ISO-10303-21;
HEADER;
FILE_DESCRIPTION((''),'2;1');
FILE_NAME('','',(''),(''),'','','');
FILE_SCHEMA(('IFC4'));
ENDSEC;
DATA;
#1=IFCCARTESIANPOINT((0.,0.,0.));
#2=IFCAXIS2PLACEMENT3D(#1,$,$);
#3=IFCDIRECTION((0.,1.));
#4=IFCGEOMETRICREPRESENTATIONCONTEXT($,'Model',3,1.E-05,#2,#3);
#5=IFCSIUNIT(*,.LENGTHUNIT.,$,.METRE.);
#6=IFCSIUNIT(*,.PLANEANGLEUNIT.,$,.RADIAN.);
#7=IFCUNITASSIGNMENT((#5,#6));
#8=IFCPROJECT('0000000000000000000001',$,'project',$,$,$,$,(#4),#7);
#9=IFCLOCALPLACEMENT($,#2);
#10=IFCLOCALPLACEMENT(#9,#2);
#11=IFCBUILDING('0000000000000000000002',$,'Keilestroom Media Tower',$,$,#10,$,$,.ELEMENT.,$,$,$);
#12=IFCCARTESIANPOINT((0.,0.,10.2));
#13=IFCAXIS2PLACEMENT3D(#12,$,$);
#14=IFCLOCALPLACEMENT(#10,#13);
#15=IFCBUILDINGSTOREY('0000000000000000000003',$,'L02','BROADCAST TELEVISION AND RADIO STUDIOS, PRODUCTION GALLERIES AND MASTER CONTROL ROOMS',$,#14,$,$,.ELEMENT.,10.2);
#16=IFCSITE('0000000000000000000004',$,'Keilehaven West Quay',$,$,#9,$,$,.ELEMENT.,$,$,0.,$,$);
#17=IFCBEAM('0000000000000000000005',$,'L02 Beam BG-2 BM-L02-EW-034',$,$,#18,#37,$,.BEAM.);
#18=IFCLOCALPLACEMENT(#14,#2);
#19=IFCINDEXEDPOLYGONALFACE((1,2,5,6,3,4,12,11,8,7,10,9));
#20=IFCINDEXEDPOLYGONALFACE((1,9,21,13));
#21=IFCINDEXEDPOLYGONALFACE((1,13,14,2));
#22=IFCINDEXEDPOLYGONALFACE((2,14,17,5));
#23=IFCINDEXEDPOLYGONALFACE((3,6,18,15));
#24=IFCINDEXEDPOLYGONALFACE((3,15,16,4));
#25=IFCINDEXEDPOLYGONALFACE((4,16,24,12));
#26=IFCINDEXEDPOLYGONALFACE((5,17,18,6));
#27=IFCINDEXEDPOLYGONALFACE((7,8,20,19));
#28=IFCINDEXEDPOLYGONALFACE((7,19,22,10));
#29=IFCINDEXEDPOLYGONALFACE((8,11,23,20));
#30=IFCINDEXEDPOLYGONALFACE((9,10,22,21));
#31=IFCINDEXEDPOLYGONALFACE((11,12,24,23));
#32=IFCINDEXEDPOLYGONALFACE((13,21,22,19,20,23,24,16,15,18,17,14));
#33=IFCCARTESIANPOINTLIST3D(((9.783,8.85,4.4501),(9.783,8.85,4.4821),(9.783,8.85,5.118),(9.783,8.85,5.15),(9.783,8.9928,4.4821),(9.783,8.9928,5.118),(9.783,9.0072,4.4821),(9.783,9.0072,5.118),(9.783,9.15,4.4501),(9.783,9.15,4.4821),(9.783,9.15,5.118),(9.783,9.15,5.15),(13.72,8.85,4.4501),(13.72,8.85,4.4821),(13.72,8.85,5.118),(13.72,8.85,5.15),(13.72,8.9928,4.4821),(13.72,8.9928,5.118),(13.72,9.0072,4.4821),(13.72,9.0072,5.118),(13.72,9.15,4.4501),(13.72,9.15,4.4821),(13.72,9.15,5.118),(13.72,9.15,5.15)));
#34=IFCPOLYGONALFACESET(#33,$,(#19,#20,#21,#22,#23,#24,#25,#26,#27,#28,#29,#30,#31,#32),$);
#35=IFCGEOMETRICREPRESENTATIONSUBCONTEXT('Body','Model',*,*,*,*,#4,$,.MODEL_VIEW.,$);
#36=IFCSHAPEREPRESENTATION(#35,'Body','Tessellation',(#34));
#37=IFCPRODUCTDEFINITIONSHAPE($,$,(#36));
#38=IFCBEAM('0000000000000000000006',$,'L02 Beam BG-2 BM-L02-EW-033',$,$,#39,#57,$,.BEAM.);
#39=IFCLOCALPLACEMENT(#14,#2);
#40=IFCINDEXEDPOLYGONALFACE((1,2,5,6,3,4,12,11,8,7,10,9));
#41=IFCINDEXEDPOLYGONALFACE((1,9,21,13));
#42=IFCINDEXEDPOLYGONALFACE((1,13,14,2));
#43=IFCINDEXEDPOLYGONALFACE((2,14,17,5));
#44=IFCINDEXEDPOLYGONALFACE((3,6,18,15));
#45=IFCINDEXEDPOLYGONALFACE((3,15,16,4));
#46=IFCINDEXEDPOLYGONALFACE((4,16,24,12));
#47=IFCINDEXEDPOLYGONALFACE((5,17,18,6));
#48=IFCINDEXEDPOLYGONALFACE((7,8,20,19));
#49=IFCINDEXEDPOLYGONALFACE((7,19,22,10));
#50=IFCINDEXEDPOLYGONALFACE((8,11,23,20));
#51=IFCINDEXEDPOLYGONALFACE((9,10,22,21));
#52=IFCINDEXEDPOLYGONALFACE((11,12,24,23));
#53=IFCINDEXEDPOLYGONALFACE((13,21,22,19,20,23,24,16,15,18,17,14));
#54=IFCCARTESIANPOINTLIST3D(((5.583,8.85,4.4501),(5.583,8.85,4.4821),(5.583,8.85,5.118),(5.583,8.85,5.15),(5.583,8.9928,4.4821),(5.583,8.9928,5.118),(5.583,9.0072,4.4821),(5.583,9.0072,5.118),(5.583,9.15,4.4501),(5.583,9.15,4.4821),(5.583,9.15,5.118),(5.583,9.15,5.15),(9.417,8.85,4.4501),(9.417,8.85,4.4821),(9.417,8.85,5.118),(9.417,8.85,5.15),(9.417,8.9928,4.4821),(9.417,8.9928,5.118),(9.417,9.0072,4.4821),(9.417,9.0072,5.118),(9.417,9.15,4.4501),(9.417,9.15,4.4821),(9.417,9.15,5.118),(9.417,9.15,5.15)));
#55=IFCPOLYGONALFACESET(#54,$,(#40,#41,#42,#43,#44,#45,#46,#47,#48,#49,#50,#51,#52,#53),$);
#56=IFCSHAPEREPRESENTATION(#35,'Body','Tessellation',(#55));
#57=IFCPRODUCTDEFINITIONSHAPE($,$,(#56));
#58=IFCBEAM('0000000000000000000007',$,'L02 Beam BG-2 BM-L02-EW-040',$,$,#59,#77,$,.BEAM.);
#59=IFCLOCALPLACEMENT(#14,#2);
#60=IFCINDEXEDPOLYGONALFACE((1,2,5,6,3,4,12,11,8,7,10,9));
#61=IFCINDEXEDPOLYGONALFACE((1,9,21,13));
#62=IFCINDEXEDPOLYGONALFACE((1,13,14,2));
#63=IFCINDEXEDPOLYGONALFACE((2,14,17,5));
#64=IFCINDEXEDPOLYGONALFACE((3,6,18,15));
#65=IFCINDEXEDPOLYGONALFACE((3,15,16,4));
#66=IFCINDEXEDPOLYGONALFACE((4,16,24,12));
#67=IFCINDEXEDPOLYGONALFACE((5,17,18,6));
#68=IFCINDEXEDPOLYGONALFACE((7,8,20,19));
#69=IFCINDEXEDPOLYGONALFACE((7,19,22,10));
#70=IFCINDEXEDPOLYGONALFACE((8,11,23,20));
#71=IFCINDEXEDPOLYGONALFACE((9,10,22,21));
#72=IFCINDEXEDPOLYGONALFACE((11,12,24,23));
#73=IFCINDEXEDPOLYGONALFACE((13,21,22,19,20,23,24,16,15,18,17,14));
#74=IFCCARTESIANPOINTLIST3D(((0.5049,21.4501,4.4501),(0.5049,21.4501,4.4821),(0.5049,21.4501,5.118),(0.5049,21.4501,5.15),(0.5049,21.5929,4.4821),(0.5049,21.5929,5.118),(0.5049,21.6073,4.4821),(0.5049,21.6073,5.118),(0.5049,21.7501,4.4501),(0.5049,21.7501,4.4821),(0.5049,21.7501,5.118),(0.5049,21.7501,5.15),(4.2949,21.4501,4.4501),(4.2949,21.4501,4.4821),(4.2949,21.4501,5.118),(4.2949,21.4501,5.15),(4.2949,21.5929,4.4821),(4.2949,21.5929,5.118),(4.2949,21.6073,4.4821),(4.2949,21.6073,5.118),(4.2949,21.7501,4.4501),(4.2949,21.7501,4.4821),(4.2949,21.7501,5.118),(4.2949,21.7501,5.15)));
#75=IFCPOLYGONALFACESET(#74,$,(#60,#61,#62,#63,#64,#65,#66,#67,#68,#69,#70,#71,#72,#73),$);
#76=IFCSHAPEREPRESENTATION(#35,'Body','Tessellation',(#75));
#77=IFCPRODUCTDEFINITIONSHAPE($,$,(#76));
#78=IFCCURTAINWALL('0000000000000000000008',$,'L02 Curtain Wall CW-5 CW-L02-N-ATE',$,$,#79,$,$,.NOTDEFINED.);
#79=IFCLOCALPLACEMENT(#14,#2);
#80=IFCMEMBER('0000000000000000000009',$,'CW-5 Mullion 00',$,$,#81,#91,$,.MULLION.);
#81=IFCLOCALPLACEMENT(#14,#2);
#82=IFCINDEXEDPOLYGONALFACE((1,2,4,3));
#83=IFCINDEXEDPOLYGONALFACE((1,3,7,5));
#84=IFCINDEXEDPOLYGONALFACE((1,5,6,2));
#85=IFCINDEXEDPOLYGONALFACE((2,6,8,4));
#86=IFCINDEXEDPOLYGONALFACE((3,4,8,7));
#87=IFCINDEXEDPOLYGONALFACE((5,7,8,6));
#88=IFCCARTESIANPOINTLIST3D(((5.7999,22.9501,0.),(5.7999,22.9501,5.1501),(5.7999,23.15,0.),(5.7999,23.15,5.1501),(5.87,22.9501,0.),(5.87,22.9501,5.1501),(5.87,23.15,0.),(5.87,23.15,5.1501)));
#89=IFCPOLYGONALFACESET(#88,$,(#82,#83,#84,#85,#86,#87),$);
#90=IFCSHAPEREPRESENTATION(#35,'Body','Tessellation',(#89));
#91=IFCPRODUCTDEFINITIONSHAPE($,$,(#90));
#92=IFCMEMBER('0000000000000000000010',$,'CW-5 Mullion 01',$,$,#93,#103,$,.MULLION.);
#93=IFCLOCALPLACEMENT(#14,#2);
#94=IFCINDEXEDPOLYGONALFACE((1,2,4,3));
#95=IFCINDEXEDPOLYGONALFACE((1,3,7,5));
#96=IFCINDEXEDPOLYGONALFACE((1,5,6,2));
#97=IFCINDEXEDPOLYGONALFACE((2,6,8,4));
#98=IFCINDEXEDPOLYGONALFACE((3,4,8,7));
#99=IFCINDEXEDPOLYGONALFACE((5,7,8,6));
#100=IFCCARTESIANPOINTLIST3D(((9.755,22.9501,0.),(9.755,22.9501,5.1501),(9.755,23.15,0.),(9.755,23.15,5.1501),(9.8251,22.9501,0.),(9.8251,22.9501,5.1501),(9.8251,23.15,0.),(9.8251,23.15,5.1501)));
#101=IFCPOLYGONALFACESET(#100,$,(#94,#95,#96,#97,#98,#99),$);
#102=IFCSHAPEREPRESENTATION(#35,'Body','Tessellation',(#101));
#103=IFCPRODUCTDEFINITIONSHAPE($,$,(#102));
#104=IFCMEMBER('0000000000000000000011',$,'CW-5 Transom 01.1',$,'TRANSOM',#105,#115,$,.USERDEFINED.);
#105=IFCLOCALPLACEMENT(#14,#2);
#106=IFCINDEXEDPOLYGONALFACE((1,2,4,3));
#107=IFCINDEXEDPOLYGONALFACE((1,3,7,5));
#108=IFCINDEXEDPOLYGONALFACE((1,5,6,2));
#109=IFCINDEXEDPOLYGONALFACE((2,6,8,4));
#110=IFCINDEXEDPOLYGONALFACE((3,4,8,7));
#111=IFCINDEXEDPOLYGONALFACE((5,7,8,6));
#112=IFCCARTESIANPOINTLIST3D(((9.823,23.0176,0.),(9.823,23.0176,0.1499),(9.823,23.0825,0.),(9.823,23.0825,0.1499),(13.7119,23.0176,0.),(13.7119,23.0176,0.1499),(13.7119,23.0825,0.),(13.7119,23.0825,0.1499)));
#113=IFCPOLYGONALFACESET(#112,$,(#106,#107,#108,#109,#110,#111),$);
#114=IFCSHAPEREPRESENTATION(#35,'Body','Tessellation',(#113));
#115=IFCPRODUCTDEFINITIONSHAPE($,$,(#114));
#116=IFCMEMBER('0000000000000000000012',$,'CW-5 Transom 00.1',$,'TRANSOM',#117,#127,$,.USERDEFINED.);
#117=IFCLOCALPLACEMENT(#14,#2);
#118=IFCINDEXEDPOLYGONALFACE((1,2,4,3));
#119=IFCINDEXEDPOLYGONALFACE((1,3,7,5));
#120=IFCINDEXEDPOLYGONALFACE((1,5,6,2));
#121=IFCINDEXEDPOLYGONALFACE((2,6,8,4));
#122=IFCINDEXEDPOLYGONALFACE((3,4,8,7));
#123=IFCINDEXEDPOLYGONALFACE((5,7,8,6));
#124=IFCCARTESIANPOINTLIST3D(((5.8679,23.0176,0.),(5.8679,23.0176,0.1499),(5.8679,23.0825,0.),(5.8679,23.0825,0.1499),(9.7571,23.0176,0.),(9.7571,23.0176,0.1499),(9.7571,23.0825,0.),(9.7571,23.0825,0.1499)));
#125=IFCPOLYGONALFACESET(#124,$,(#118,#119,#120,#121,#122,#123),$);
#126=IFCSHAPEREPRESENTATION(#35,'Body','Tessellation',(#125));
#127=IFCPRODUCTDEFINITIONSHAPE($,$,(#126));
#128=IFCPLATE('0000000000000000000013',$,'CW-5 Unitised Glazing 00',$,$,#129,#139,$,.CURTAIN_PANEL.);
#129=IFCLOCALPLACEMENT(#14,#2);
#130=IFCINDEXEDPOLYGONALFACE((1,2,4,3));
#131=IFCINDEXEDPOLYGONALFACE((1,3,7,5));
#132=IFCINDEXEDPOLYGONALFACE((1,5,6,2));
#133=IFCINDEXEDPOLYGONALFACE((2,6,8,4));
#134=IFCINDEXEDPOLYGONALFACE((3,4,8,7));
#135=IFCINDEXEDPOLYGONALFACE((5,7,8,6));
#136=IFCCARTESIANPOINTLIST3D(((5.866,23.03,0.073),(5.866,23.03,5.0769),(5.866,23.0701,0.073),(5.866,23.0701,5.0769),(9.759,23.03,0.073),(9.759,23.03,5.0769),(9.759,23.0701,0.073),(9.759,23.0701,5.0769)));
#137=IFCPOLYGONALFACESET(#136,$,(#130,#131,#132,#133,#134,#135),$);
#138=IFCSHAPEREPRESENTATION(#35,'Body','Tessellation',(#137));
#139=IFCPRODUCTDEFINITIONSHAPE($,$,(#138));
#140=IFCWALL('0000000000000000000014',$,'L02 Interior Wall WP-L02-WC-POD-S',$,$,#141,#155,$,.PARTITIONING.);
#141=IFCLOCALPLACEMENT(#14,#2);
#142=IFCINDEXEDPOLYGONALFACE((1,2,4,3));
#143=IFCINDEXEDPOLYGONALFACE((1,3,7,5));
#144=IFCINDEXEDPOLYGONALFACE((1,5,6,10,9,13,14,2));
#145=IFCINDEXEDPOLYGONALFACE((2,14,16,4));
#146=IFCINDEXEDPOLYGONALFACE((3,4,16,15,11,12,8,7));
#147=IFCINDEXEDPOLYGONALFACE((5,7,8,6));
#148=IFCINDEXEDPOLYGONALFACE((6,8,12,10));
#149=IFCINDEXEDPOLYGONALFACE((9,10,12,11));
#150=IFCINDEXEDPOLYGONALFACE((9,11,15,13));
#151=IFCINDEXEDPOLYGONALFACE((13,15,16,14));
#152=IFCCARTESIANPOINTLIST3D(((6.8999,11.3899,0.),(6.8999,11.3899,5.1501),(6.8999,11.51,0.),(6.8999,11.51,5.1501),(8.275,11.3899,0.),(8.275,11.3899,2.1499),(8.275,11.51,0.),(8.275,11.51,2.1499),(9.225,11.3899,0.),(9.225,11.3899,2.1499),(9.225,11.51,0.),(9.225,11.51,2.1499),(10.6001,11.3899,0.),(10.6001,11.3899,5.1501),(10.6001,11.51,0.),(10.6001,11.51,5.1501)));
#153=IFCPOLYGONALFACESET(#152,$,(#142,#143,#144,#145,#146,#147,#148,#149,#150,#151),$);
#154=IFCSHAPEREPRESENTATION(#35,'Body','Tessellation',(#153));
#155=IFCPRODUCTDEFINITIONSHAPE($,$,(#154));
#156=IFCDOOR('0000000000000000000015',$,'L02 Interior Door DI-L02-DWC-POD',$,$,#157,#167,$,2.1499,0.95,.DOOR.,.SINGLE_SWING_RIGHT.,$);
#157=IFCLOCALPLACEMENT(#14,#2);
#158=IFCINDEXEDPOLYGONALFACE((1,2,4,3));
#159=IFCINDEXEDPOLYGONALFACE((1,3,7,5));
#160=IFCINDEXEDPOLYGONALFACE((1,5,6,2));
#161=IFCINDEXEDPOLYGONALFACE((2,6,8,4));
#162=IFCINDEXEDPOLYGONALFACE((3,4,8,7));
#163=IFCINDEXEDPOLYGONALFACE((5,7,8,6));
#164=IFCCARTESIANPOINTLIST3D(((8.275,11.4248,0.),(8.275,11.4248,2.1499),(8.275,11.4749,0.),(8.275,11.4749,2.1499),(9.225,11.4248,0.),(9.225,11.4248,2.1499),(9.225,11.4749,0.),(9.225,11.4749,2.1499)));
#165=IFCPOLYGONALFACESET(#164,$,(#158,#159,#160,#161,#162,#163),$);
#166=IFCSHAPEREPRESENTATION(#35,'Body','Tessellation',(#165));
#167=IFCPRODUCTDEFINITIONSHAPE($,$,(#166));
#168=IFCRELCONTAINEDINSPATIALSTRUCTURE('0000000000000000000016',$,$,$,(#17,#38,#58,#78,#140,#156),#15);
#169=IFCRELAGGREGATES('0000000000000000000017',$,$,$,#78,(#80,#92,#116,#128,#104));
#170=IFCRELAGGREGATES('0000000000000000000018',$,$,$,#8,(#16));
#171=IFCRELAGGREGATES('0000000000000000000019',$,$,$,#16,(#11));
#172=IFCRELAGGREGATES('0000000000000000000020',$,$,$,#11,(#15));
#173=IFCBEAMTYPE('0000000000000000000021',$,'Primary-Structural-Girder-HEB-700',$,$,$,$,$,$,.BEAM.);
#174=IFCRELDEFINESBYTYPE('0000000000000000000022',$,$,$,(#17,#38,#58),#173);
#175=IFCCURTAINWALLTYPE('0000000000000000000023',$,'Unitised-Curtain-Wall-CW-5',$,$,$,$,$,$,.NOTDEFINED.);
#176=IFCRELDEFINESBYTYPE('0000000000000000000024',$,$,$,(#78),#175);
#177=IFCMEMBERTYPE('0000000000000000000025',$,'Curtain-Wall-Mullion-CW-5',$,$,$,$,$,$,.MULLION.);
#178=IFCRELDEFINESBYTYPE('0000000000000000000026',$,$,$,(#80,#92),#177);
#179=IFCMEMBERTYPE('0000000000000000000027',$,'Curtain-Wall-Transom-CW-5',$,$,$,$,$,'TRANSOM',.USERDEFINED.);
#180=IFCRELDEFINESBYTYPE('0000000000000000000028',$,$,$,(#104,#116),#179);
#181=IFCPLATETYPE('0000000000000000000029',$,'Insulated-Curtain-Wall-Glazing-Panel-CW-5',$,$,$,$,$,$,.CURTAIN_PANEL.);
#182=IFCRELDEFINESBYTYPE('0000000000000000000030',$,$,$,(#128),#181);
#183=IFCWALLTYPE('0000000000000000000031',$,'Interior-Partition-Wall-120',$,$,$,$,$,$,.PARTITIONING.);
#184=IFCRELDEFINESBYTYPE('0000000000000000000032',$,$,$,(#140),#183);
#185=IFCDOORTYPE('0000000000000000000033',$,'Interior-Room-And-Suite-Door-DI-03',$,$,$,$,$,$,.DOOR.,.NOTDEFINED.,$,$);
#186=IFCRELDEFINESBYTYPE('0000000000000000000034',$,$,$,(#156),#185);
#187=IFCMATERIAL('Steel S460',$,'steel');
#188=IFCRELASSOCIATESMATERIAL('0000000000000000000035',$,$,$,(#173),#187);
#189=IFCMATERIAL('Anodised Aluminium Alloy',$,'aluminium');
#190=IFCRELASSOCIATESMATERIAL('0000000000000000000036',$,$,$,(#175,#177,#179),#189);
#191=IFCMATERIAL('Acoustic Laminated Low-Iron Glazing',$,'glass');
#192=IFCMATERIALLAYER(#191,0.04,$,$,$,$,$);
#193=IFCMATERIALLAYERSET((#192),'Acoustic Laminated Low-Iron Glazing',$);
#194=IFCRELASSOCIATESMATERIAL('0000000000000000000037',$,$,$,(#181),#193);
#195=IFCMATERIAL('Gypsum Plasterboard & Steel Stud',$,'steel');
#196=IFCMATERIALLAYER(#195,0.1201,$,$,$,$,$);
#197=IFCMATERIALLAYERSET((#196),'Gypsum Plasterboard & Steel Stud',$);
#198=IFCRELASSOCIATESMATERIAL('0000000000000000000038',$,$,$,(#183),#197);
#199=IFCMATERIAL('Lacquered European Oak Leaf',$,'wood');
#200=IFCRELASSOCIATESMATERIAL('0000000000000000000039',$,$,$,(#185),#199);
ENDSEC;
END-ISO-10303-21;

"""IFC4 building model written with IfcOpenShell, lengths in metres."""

from ifc_helpers import new_model, si_unit, direction, frame, frame_2d, origin, origin_2d, place, context, subcontext, project, spatial, rectangle, i_section, extrude, source, transform, mapped, material, layer, layer_set, material_profile, profile_set, type_object, element, fill, aggregate, save


model = new_model("IFC4")

# Units and contexts
model_context = context("Model", 3, precision=1e-05, world=origin(), true_north=direction((0.0, 1.0)))
body_context = subcontext(model_context, "Body", "Model", "MODEL_VIEW")
ifc_project = project(units=[si_unit("LENGTHUNIT", "METRE"), si_unit("PLANEANGLEUNIT", "RADIAN")], contexts=[model_context])

# Site, building, storey
site_placement = place(None, origin())
site = spatial("IfcSite", under=ifc_project, at=site_placement, Name="Keilehaven West Quay", CompositionType="ELEMENT", RefElevation=0.0)
building_placement = place(site_placement, origin())
building = spatial("IfcBuilding", under=site, at=building_placement, Name="Keilestroom Media Tower", CompositionType="ELEMENT")
storey_placement = place(building_placement, frame((0.0, 0.0, 10.2)))
storey = spatial("IfcBuildingStorey", under=building, at=storey_placement, Name="L02", Description="BROADCAST TELEVISION AND RADIO STUDIOS, PRODUCTION GALLERIES AND MASTER CONTROL ROOMS", CompositionType="ELEMENT", Elevation=10.2)

# Shared definitions
ifc_material_1 = material(Name="Steel S460", Category="steel")

# Beams
ifc_material_profile_1 = material_profile(ifc_material_1, i_section(OverallWidth=0.3, OverallDepth=0.7, WebThickness=0.0144, FlangeThickness=0.032, at=origin_2d()), Name="HEB 700")
ifc_profile_set_1 = profile_set([ifc_material_profile_1], Name="Steel S460")
beam_type_1 = type_object("IfcBeamType", Name="Primary-Structural-Girder-HEB-700", PredefinedType="BEAM", material=ifc_profile_set_1)
shared_shape_1 = source(origin(), body_context, "Body", "SweptSolid", [
    extrude(i_section(OverallWidth=0.3, OverallDepth=0.7, WebThickness=0.0144, FlangeThickness=0.032, at=origin_2d()), origin(), (0.0, 0.0, 1.0), 3.937),
])
beam_1_placement = place(storey_placement, frame((9.783, 9.0, 4.8), z_axis=(1.0, 0.0, 0.0), x_axis=(0.0, 1.0, 0.0)))
element("IfcBeam", 1, at=beam_1_placement, inside=storey, type_object=beam_type_1, Name="L02 Beam BG-2 BM-L02-EW-034", PredefinedType="BEAM", context=body_context, shape_type="MappedRepresentation", body=[
    mapped(shared_shape_1, transform((0.0, 0.0, 0.0), x_axis=(1.0, 0.0, 0.0), y_axis=(0.0, 1.0, 0.0), z_axis=(0.0, 0.0, 1.0), scale=1.0)),
])
shared_shape_2 = source(origin(), body_context, "Body", "SweptSolid", [
    extrude(i_section(OverallWidth=0.3, OverallDepth=0.7, WebThickness=0.0144, FlangeThickness=0.032, at=origin_2d()), origin(), (0.0, 0.0, 1.0), 3.834),
])
beam_2_placement = place(storey_placement, frame((5.583, 9.0, 4.8), z_axis=(1.0, 0.0, 0.0), x_axis=(0.0, 1.0, 0.0)))
element("IfcBeam", 2, at=beam_2_placement, inside=storey, type_object=beam_type_1, Name="L02 Beam BG-2 BM-L02-EW-033", PredefinedType="BEAM", context=body_context, shape_type="MappedRepresentation", body=[
    mapped(shared_shape_2, transform((0.0, 0.0, 0.0), x_axis=(1.0, 0.0, 0.0), y_axis=(0.0, 1.0, 0.0), z_axis=(0.0, 0.0, 1.0), scale=1.0)),
])
shared_shape_3 = source(origin(), body_context, "Body", "SweptSolid", [
    extrude(i_section(OverallWidth=0.3, OverallDepth=0.7, WebThickness=0.0144, FlangeThickness=0.032, at=origin_2d()), origin(), (0.0, 0.0, 1.0), 3.79),
])
beam_3_placement = place(storey_placement, frame((0.5049, 21.6001, 4.8), z_axis=(1.0, 0.0, 0.0), x_axis=(0.0, 1.0, 0.0)))
element("IfcBeam", 3, at=beam_3_placement, inside=storey, type_object=beam_type_1, Name="L02 Beam BG-2 BM-L02-EW-040", PredefinedType="BEAM", context=body_context, shape_type="MappedRepresentation", body=[
    mapped(shared_shape_3, transform((0.0, 0.0, 0.0), x_axis=(1.0, 0.0, 0.0), y_axis=(0.0, 1.0, 0.0), z_axis=(0.0, 0.0, 1.0), scale=1.0)),
])

# Curtain wall, members, plate
ifc_material_2 = material(Name="Anodised Aluminium Alloy", Category="aluminium")
curtain_wall_type = type_object("IfcCurtainWallType", Name="Unitised-Curtain-Wall-CW-5", PredefinedType="NOTDEFINED", material=ifc_material_2)
curtain_wall_placement = place(storey_placement, origin())
curtain_wall = element("IfcCurtainWall", 4, at=curtain_wall_placement, inside=storey, type_object=curtain_wall_type, Name="L02 Curtain Wall CW-5 CW-L02-N-ATE", PredefinedType="NOTDEFINED")
ifc_material_profile_2 = material_profile(ifc_material_2, rectangle(XDim=0.0701, YDim=0.2, at=origin_2d()), Name="ALU MULLION 70x200")
ifc_profile_set_2 = profile_set([ifc_material_profile_2], Name="Anodised Aluminium Alloy")
member_type_1 = type_object("IfcMemberType", Name="Curtain-Wall-Mullion-CW-5", PredefinedType="MULLION", material=ifc_profile_set_2)
shared_shape_4 = source(origin(), body_context, "Body", "SweptSolid", [
    extrude(rectangle(XDim=0.0701, YDim=0.2, at=origin_2d()), origin(), (0.0, 0.0, 1.0), 5.1501),
])
member_1_placement = place(storey_placement, frame((5.835, 23.05, 0.0), z_axis=(0.0, 0.0, 1.0), x_axis=(1.0, 0.0, 0.0)))
member_1 = element("IfcMember", 5, at=member_1_placement, type_object=member_type_1, Name="CW-5 Mullion 00", PredefinedType="MULLION", context=body_context, shape_type="MappedRepresentation", body=[
    mapped(shared_shape_4, transform((0.0, 0.0, 0.0), x_axis=(1.0, 0.0, 0.0), y_axis=(0.0, 1.0, 0.0), z_axis=(0.0, 0.0, 1.0), scale=1.0)),
])
member_2_placement = place(storey_placement, frame((9.79, 23.05, 0.0), z_axis=(0.0, 0.0, 1.0), x_axis=(1.0, 0.0, 0.0)))
member_2 = element("IfcMember", 6, at=member_2_placement, type_object=member_type_1, Name="CW-5 Mullion 01", PredefinedType="MULLION", context=body_context, shape_type="MappedRepresentation", body=[
    mapped(shared_shape_4, transform((0.0, 0.0, 0.0), x_axis=(1.0, 0.0, 0.0), y_axis=(0.0, 1.0, 0.0), z_axis=(0.0, 0.0, 1.0), scale=1.0)),
])
ifc_material_profile_3 = material_profile(ifc_material_2, rectangle(XDim=0.0649, YDim=0.1499, at=origin_2d()), Name="ALU TRANSOM 65x150")
ifc_profile_set_3 = profile_set([ifc_material_profile_3], Name="Anodised Aluminium Alloy")
member_type_2 = type_object("IfcMemberType", Name="Curtain-Wall-Transom-CW-5", ElementType="TRANSOM", PredefinedType="USERDEFINED", material=ifc_profile_set_3)
shared_shape_5 = source(origin(), body_context, "Body", "SweptSolid", [
    extrude(rectangle(XDim=0.0649, YDim=0.1499, at=origin_2d()), origin(), (0.0, 0.0, 1.0), 3.8889),
])
member_3_placement = place(storey_placement, frame((9.823, 23.05, 0.075), z_axis=(1.0, 0.0, 0.0), x_axis=(0.0, 1.0, 0.0)))
member_3 = element("IfcMember", 7, at=member_3_placement, type_object=member_type_2, Name="CW-5 Transom 01.1", ObjectType="TRANSOM", PredefinedType="USERDEFINED", context=body_context, shape_type="MappedRepresentation", body=[
    mapped(shared_shape_5, transform((0.0, 0.0, 0.0), x_axis=(1.0, 0.0, 0.0), y_axis=(0.0, 1.0, 0.0), z_axis=(0.0, 0.0, 1.0), scale=1.0)),
])
shared_shape_6 = source(origin(), body_context, "Body", "SweptSolid", [
    extrude(rectangle(XDim=0.0649, YDim=0.1499, at=origin_2d()), origin(), (0.0, 0.0, 1.0), 3.8892),
])
member_4_placement = place(storey_placement, frame((5.8679, 23.05, 0.075), z_axis=(1.0, 0.0, 0.0), x_axis=(0.0, 1.0, 0.0)))
member_4 = element("IfcMember", 8, at=member_4_placement, type_object=member_type_2, Name="CW-5 Transom 00.1", ObjectType="TRANSOM", PredefinedType="USERDEFINED", context=body_context, shape_type="MappedRepresentation", body=[
    mapped(shared_shape_6, transform((0.0, 0.0, 0.0), x_axis=(1.0, 0.0, 0.0), y_axis=(0.0, 1.0, 0.0), z_axis=(0.0, 0.0, 1.0), scale=1.0)),
])
ifc_material_3 = material(Name="Acoustic Laminated Low-Iron Glazing", Category="glass")
ifc_layer_1 = layer(ifc_material_3, 0.04)
ifc_layer_set_1 = layer_set([ifc_layer_1], Name="Acoustic Laminated Low-Iron Glazing")
plate_type = type_object("IfcPlateType", Name="Insulated-Curtain-Wall-Glazing-Panel-CW-5", PredefinedType="CURTAIN_PANEL", material=ifc_layer_set_1)
shared_shape_7 = source(origin(), body_context, "Body", "SweptSolid", [
    extrude(rectangle(XDim=3.8931, YDim=0.04, at=origin_2d()), origin(), (0.0, 0.0, 1.0), 5.0039),
])
plate_placement = place(storey_placement, frame((7.8125, 23.05, 0.073), z_axis=(0.0, 0.0, 1.0), x_axis=(1.0, 0.0, 0.0)))
plate = element("IfcPlate", 9, at=plate_placement, type_object=plate_type, Name="CW-5 Unitised Glazing 00", PredefinedType="CURTAIN_PANEL", context=body_context, shape_type="MappedRepresentation", body=[
    mapped(shared_shape_7, transform((0.0, 0.0, 0.0), x_axis=(1.0, 0.0, 0.0), y_axis=(0.0, 1.0, 0.0), z_axis=(0.0, 0.0, 1.0), scale=1.0)),
])
aggregate(curtain_wall, [member_1, member_2, member_4, plate, member_3])

# Wall, opening, door
ifc_material_4 = material(Name="Gypsum Plasterboard & Steel Stud", Category="steel")
ifc_layer_2 = layer(ifc_material_4, 0.1201)
ifc_layer_set_2 = layer_set([ifc_layer_2], Name="Gypsum Plasterboard & Steel Stud")
wall_type_1 = type_object("IfcWallType", Name="Interior-Partition-Wall-120", PredefinedType="PARTITIONING", material=ifc_layer_set_2)
wall_1_placement = place(storey_placement, frame((6.8999, 11.45, 0.0), z_axis=(0.0, 0.0, 1.0), x_axis=(1.0, 0.0, 0.0)))
wall_1 = element("IfcWall", 10, at=wall_1_placement, inside=storey, type_object=wall_type_1, Name="L02 Interior Wall WP-L02-WC-POD-S", PredefinedType="PARTITIONING", context=body_context, shape_type="SweptSolid", body=[
    extrude(rectangle(XDim=3.7002, YDim=0.1201, at=frame_2d((1.8501, 0.0))), origin(), (0.0, 0.0, 1.0), 5.1501),
])
opening_placement = place(wall_1_placement, frame((1.375, 0.0, 0.0)))
opening = element("IfcOpeningElement", 11, at=opening_placement, cuts=wall_1, PredefinedType="OPENING", context=body_context, shape_type="SweptSolid", body=[
    extrude(rectangle(XDim=0.95, YDim=2.1499, at=frame_2d((0.4751, 1.075))), frame((0.0, 0.0701, 0.0), z_axis=(0.0, -1.0, 0.0), x_axis=(1.0, 0.0, 0.0)), (0.0, 0.0, 1.0), 0.1401),
])
ifc_material_5 = material(Name="Lacquered European Oak Leaf", Category="wood")
door_type = type_object("IfcDoorType", Name="Interior-Room-And-Suite-Door-DI-03", OperationType="NOTDEFINED", PredefinedType="DOOR", material=ifc_material_5)
shared_shape_8 = source(origin(), body_context, "Body", "SweptSolid", [
    extrude(rectangle(XDim=0.95, YDim=2.1499, at=frame_2d((0.4751, 1.075))), frame((0.0, 0.0249, 0.0), z_axis=(0.0, -1.0, 0.0), x_axis=(1.0, 0.0, 0.0)), (0.0, 0.0, 1.0), 0.05),
])
door_placement = place(opening_placement, origin())
door = element("IfcDoor", 12, at=door_placement, inside=storey, type_object=door_type, Name="L02 Interior Door DI-L02-DWC-POD", OperationType="SINGLE_SWING_RIGHT", OverallHeight=2.1499, OverallWidth=0.95, PredefinedType="DOOR", context=body_context, shape_type="MappedRepresentation", body=[
    mapped(shared_shape_8, transform((0.0, 0.0, 0.0), x_axis=(1.0, 0.0, 0.0), y_axis=(0.0, 1.0, 0.0), z_axis=(0.0, 0.0, 1.0), scale=1.0)),
])
fill(opening, door)

save(model, "model.ifc")
